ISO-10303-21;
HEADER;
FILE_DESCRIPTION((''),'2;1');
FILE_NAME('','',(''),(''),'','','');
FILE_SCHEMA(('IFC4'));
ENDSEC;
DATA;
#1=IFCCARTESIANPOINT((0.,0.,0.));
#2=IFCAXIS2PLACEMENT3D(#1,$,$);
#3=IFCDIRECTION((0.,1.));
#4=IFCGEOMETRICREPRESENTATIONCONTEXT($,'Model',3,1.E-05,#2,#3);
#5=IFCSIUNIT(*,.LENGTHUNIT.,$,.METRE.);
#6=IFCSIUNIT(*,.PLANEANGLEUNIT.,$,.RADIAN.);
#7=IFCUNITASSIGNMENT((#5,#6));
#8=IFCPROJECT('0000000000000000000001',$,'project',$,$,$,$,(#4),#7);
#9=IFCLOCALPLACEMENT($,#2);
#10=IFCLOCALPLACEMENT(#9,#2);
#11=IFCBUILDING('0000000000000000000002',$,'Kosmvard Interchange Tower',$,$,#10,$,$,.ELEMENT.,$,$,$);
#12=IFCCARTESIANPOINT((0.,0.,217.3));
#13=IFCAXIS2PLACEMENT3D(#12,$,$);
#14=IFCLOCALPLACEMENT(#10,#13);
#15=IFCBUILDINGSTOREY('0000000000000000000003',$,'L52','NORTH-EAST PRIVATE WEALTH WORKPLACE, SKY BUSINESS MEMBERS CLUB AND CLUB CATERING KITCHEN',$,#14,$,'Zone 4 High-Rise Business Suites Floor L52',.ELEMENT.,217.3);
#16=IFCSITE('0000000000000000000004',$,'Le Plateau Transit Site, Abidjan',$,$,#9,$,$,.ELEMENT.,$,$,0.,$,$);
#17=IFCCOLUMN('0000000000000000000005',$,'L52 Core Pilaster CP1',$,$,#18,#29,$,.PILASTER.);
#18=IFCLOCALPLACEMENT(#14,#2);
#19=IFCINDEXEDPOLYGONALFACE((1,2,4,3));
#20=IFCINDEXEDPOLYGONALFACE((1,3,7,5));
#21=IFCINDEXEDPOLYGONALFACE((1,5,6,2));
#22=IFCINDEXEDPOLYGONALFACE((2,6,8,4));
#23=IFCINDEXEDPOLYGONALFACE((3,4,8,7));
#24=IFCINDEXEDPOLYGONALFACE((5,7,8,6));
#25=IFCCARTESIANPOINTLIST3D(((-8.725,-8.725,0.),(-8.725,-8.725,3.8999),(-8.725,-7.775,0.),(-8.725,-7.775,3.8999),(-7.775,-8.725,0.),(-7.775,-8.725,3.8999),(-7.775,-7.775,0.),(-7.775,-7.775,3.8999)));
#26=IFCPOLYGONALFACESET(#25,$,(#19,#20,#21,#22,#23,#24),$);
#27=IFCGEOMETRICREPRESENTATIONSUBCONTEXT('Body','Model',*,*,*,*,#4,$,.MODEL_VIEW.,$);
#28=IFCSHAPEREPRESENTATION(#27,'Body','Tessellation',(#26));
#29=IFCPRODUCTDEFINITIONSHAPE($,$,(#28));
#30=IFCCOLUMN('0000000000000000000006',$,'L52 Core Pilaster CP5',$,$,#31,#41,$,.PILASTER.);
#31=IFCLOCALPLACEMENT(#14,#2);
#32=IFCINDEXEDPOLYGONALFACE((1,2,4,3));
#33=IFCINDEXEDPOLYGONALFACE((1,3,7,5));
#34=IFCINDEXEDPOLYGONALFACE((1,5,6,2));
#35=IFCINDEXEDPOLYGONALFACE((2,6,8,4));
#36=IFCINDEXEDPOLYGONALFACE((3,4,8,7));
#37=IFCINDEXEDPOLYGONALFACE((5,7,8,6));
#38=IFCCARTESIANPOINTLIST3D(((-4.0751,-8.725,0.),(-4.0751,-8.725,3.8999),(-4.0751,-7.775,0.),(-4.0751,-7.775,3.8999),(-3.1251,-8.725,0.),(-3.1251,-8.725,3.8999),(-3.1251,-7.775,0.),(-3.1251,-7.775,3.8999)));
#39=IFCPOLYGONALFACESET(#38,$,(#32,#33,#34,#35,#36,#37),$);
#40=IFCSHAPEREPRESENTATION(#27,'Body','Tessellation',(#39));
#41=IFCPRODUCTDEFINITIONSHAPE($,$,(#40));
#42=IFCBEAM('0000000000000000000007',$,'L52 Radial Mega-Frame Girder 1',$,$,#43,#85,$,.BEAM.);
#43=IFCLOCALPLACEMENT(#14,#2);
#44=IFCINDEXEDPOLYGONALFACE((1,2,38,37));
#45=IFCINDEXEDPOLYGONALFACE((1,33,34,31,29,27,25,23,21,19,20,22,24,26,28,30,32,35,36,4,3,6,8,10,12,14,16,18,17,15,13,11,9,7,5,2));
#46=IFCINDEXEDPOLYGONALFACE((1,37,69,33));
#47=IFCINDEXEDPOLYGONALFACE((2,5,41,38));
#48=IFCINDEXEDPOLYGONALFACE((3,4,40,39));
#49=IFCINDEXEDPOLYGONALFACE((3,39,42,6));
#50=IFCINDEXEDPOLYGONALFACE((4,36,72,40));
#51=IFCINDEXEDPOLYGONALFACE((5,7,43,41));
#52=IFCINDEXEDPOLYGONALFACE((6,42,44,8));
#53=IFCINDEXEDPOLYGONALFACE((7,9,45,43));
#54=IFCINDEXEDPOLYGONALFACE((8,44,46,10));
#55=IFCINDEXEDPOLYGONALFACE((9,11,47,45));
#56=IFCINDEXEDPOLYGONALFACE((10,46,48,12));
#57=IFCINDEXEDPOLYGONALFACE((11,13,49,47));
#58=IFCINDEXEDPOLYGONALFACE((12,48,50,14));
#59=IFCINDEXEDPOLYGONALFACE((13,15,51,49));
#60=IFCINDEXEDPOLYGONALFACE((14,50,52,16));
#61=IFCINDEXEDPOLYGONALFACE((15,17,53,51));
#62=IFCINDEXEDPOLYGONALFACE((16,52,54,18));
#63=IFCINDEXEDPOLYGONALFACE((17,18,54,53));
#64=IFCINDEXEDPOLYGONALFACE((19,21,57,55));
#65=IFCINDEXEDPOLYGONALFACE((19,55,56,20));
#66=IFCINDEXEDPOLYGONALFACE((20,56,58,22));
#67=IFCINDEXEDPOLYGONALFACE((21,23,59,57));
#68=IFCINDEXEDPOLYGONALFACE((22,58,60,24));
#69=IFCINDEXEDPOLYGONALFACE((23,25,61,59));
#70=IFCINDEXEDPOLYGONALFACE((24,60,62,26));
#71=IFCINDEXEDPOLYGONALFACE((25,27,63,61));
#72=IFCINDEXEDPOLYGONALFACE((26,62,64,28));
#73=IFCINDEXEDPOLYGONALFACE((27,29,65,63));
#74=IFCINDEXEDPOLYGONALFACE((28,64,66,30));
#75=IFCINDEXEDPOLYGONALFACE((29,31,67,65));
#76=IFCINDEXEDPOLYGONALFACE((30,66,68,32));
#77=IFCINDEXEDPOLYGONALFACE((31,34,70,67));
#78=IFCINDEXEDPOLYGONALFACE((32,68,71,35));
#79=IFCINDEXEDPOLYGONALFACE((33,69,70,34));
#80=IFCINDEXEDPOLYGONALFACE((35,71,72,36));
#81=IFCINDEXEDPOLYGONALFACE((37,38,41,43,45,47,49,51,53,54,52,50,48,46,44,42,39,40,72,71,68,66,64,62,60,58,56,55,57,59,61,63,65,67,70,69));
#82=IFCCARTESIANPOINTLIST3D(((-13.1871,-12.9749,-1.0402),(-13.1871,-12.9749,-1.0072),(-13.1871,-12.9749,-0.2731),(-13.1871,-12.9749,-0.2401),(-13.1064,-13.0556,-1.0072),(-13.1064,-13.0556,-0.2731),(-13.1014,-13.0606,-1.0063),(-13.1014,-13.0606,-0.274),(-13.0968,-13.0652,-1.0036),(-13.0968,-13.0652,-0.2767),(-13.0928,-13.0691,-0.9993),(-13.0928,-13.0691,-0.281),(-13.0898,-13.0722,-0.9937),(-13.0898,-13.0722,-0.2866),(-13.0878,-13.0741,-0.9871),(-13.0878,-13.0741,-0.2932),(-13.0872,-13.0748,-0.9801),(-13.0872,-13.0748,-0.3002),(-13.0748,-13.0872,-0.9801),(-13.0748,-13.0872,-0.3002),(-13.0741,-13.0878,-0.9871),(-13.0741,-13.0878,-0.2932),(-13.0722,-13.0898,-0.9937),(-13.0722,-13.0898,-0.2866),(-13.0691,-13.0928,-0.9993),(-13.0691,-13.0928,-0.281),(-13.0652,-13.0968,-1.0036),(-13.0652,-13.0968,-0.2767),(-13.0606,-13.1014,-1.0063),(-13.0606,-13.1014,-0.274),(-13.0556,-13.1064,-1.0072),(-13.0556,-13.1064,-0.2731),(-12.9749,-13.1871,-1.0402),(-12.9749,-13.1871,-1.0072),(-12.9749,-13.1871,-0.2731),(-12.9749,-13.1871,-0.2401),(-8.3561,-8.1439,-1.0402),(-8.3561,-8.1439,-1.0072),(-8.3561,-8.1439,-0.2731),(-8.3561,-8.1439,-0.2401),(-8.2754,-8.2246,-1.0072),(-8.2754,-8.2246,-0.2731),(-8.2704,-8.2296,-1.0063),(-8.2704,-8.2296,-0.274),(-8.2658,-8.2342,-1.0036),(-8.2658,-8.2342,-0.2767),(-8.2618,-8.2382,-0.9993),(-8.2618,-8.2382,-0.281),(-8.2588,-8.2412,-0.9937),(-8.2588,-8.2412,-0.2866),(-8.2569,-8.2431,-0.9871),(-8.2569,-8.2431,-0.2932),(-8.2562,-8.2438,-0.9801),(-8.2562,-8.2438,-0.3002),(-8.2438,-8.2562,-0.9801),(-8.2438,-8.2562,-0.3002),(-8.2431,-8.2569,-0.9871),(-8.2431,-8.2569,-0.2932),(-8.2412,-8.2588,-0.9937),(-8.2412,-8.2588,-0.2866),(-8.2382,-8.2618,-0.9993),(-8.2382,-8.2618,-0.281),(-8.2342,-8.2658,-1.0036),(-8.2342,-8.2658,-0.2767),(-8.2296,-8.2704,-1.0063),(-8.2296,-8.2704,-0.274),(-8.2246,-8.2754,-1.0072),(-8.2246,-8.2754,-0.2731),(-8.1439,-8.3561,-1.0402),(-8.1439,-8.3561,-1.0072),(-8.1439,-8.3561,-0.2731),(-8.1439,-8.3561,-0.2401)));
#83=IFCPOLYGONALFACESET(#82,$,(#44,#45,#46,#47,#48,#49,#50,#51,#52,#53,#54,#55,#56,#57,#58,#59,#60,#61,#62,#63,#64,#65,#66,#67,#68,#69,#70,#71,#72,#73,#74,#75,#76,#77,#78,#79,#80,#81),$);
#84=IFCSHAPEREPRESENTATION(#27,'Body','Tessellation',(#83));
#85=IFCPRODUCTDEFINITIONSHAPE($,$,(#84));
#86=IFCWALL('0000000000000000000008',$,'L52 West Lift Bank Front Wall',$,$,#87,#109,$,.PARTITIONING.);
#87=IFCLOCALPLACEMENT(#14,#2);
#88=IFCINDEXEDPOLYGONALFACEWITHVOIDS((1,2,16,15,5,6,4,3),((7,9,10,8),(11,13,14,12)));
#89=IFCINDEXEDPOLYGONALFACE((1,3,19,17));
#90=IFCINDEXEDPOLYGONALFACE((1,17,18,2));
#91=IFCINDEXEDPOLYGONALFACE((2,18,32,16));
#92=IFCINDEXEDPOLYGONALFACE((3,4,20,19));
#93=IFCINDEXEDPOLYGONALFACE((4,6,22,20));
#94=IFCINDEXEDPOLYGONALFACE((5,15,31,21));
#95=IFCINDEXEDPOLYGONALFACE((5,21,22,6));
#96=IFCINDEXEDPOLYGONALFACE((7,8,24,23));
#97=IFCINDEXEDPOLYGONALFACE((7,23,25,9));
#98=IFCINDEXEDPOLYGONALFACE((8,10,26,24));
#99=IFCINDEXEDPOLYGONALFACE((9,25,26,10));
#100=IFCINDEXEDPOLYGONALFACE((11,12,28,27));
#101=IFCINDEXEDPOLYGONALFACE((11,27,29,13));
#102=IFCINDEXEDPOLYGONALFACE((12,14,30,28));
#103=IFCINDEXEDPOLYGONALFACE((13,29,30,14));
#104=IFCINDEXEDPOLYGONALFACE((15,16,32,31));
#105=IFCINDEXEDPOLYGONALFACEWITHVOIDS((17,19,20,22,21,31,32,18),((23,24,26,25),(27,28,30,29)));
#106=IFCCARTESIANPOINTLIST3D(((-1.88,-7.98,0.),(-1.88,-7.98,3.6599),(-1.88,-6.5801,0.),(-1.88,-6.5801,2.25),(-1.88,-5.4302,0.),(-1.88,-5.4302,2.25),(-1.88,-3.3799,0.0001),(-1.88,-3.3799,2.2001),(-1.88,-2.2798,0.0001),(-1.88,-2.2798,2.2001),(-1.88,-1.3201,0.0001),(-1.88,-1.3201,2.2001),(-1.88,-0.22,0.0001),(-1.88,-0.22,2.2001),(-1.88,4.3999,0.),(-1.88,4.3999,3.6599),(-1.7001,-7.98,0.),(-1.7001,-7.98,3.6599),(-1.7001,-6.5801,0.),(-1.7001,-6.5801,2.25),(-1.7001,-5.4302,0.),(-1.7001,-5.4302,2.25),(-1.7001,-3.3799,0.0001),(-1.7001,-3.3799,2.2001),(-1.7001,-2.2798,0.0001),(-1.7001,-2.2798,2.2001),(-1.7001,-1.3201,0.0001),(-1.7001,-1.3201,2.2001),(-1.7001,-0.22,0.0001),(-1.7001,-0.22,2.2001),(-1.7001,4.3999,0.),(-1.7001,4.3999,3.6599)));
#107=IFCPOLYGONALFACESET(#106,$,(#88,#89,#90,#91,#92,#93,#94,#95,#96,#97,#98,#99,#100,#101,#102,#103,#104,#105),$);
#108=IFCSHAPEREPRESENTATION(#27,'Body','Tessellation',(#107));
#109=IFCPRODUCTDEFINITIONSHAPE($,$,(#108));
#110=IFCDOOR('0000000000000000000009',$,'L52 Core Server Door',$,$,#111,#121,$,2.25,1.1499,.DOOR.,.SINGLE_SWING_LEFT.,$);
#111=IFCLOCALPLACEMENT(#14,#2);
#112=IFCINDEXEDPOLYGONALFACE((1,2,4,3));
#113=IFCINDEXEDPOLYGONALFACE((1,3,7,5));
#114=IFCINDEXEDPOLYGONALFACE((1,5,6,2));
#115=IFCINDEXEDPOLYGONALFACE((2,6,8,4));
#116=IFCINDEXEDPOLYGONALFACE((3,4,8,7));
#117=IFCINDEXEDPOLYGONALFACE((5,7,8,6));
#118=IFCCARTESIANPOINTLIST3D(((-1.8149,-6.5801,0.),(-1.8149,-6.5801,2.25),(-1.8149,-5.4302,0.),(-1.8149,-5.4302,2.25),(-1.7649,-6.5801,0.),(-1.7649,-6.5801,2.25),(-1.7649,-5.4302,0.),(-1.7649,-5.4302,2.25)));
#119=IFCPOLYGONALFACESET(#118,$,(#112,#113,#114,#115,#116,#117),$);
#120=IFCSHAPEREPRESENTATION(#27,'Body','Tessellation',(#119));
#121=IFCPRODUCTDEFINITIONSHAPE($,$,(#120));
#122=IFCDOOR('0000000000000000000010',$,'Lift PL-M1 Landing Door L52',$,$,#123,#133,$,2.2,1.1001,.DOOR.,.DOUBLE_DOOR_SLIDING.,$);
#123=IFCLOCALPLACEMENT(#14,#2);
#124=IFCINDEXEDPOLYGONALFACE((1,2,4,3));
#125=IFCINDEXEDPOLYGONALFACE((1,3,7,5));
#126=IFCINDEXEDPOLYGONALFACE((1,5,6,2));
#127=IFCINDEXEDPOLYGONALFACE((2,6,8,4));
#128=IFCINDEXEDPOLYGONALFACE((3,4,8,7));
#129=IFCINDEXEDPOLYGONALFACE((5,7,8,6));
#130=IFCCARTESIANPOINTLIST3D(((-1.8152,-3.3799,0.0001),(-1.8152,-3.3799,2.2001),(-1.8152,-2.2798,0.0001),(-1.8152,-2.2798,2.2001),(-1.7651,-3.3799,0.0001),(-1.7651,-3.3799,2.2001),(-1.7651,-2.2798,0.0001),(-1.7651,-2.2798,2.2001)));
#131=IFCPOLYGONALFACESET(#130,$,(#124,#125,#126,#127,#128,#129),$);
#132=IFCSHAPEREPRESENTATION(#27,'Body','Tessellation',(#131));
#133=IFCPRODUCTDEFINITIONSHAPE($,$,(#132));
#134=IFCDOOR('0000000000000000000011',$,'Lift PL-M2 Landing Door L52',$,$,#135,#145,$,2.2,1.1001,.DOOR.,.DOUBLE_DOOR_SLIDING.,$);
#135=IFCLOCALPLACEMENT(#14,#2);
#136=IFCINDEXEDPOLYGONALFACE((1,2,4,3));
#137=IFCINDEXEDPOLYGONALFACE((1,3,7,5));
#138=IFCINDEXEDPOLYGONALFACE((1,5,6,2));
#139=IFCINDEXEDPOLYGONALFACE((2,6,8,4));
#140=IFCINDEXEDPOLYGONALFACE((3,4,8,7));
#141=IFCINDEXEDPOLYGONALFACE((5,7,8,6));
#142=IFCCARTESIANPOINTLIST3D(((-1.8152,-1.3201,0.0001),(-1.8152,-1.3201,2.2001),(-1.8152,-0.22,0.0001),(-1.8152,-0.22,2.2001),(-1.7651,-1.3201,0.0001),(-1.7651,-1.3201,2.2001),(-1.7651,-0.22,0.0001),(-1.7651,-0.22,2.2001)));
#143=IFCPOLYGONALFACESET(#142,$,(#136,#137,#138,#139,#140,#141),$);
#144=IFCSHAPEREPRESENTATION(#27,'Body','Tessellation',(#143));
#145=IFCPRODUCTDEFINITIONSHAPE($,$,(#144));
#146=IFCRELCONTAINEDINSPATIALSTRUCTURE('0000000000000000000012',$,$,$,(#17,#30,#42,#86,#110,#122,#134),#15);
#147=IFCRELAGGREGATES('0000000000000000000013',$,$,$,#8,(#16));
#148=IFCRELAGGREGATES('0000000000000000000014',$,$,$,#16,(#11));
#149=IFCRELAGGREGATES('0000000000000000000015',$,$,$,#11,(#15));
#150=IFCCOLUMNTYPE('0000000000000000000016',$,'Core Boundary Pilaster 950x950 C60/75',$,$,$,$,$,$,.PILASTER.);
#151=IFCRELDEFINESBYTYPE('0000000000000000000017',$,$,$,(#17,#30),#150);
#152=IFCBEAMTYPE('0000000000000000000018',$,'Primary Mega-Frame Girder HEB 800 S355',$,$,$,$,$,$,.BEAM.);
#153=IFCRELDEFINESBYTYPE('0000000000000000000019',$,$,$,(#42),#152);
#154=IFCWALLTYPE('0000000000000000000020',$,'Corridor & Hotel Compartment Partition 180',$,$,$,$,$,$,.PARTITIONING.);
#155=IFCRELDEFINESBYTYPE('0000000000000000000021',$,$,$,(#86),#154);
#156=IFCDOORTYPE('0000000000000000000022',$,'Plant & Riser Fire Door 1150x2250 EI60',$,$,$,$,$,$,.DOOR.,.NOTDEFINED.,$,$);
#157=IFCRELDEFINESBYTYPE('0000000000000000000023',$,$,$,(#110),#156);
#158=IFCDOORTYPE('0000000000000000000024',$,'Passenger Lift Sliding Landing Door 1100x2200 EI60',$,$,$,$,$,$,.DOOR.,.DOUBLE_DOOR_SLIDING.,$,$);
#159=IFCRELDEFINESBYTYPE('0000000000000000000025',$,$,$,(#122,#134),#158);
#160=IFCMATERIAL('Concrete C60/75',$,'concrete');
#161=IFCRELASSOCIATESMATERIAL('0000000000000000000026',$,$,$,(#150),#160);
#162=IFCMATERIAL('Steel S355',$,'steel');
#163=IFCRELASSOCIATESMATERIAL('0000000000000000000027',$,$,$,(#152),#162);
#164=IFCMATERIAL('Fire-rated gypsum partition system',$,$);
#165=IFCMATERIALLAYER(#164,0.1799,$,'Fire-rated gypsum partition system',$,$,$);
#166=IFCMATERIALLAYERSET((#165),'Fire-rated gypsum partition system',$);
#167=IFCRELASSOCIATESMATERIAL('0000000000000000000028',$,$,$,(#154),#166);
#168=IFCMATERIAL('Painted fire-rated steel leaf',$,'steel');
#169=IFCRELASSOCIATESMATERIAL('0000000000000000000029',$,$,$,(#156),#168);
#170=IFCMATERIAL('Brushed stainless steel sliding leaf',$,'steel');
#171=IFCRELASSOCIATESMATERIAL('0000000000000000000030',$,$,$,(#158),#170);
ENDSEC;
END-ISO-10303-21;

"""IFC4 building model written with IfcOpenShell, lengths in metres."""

from ifc_helpers import new_model, si_unit, direction, frame, frame_2d, origin, origin_2d, place, context, subcontext, project, spatial, rectangle, i_section, extrude, source, transform, mapped, material, layer, layer_set, material_profile, profile_set, type_object, element, fill, save


model = new_model("IFC4")

# Units and contexts
model_context = context("Model", 3, precision=1e-05, world=origin(), true_north=direction((0.0, 1.0)))
body_context = subcontext(model_context, "Body", "Model", "MODEL_VIEW")
ifc_project = project(units=[si_unit("LENGTHUNIT", "METRE"), si_unit("PLANEANGLEUNIT", "RADIAN")], contexts=[model_context])

# Site, building, storey
site_placement = place(None, origin())
site = spatial("IfcSite", under=ifc_project, at=site_placement, Name="Le Plateau Transit Site, Abidjan", CompositionType="ELEMENT", RefElevation=0.0)
building_placement = place(site_placement, origin())
building = spatial("IfcBuilding", under=site, at=building_placement, Name="Kosmvard Interchange Tower", CompositionType="ELEMENT")
storey_placement = place(building_placement, frame((0.0, 0.0, 217.3)))
storey = spatial("IfcBuildingStorey", under=building, at=storey_placement, Name="L52", Description="NORTH-EAST PRIVATE WEALTH WORKPLACE, SKY BUSINESS MEMBERS CLUB AND CLUB CATERING KITCHEN", LongName="Zone 4 High-Rise Business Suites Floor L52", CompositionType="ELEMENT", Elevation=217.3)

# Columns
ifc_material_1 = material(Name="Concrete C60/75", Category="concrete")
ifc_material_profile_1 = material_profile(ifc_material_1, rectangle(XDim=0.95, YDim=0.95, at=origin_2d()), Name="CP 950x950")
ifc_profile_set_1 = profile_set([ifc_material_profile_1], Name="Concrete C60/75")
column_type = type_object("IfcColumnType", Name="Core Boundary Pilaster 950x950 C60/75", PredefinedType="PILASTER", material=ifc_profile_set_1)
shared_shape_1 = source(origin(), body_context, "Body", "SweptSolid", [
    extrude(rectangle(XDim=0.95, YDim=0.95, at=origin_2d()), origin(), (0.0, 0.0, 1.0), 3.8999),
])
for number, where, z_axis, x_axis, name in (
    (1, (-8.25, -8.25, 0.0), (0.0, 0.0, 1.0), (1.0, 0.0, 0.0), "L52 Core Pilaster CP1"),
    (2, (-3.6001, -8.25, 0.0), (0.0, 0.0, 1.0), (1.0, 0.0, 0.0), "L52 Core Pilaster CP5"),
):
    element("IfcColumn", number, at=place(storey_placement, frame(where, z_axis=z_axis, x_axis=x_axis)), inside=storey, type_object=column_type, Name=name, PredefinedType="PILASTER", context=body_context, shape_type="MappedRepresentation", body=[
        mapped(shared_shape_1, transform((0.0, 0.0, 0.0), scale=1.0)),
    ])

# Beam
ifc_material_2 = material(Name="Steel S355", Category="steel")
ifc_material_profile_2 = material_profile(ifc_material_2, i_section(OverallWidth=0.3, OverallDepth=0.8, WebThickness=0.0176, FlangeThickness=0.033, FilletRadius=0.0271, at=origin_2d()), Name="HEB 800")
ifc_profile_set_2 = profile_set([ifc_material_profile_2], Name="Steel S355")
beam_type = type_object("IfcBeamType", Name="Primary Mega-Frame Girder HEB 800 S355", PredefinedType="BEAM", material=ifc_profile_set_2)
shared_shape_2 = source(origin(), body_context, "Body", "SweptSolid", [
    extrude(i_section(OverallWidth=0.3, OverallDepth=0.8, WebThickness=0.0176, FlangeThickness=0.033, FilletRadius=0.0271, at=origin_2d()), origin(), (0.0, 0.0, 1.0), 6.832),
])
beam_placement = place(storey_placement, frame((-8.25, -8.25, -0.6401), z_axis=(-0.707107, -0.707107, 0.0), x_axis=(0.707107, -0.707107, 0.0)))
element("IfcBeam", 3, at=beam_placement, inside=storey, type_object=beam_type, Name="L52 Radial Mega-Frame Girder 1", PredefinedType="BEAM", context=body_context, shape_type="MappedRepresentation", body=[
    mapped(shared_shape_2, transform((0.0, 0.0, 0.0), scale=1.0)),
])

# Wall, openings, doors
ifc_material_3 = material(Name="Fire-rated gypsum partition system")
ifc_layer_1 = layer(ifc_material_3, 0.1799, Name="Fire-rated gypsum partition system")
ifc_layer_set_1 = layer_set([ifc_layer_1], Name="Fire-rated gypsum partition system")
wall_type_1 = type_object("IfcWallType", Name="Corridor & Hotel Compartment Partition 180", PredefinedType="PARTITIONING", material=ifc_layer_set_1)
wall_1_placement = place(storey_placement, frame((-1.79, -7.98, 0.0), z_axis=(0.0, 0.0, 1.0), x_axis=(0.0, 1.0, 0.0)))
wall_1 = element("IfcWall", 4, at=wall_1_placement, inside=storey, type_object=wall_type_1, Name="L52 West Lift Bank Front Wall", PredefinedType="PARTITIONING", context=body_context, shape_type="SweptSolid", body=[
    extrude(rectangle(XDim=12.3799, YDim=0.1799, at=frame_2d((6.1899, 0.0))), origin(), (0.0, 0.0, 1.0), 3.6599),
])
opening_1_placement = place(wall_1_placement, frame((4.6001, 0.0, 0.0)))
opening_1 = element("IfcOpeningElement", 5, at=opening_1_placement, cuts=wall_1, PredefinedType="OPENING", context=body_context, shape_type="SweptSolid", body=[
    extrude(rectangle(XDim=1.1001, YDim=2.2, at=frame_2d((0.55, 1.1001))), frame((0.0, 0.1001, 0.0), z_axis=(0.0, -1.0, 0.0), x_axis=(1.0, 0.0, 0.0)), (0.0, 0.0, 1.0), 0.2),
])
opening_2_placement = place(wall_1_placement, frame((6.6599, 0.0, 0.0)))
opening_2 = element("IfcOpeningElement", 6, at=opening_2_placement, cuts=wall_1, PredefinedType="OPENING", context=body_context, shape_type="SweptSolid", body=[
    extrude(rectangle(XDim=1.1001, YDim=2.2, at=frame_2d((0.55, 1.1001))), frame((0.0, 0.1001, 0.0), z_axis=(0.0, -1.0, 0.0), x_axis=(1.0, 0.0, 0.0)), (0.0, 0.0, 1.0), 0.2),
])
opening_3_placement = place(wall_1_placement, frame((1.3999, 0.0, 0.0)))
opening_3 = element("IfcOpeningElement", 7, at=opening_3_placement, cuts=wall_1, PredefinedType="OPENING", context=body_context, shape_type="SweptSolid", body=[
    extrude(rectangle(XDim=1.1499, YDim=2.25, at=frame_2d((0.575, 1.125))), frame((0.0, 0.1001, 0.0), z_axis=(0.0, -1.0, 0.0), x_axis=(1.0, 0.0, 0.0)), (0.0, 0.0, 1.0), 0.2),
])
ifc_material_4 = material(Name="Painted fire-rated steel leaf", Category="steel")
door_type_1 = type_object("IfcDoorType", Name="Plant & Riser Fire Door 1150x2250 EI60", OperationType="NOTDEFINED", PredefinedType="DOOR", material=ifc_material_4)
shared_shape_3 = source(origin(), body_context, "Body", "SweptSolid", [
    extrude(rectangle(XDim=1.1499, YDim=2.25, at=frame_2d((0.575, 1.125))), frame((0.0, 0.0249, 0.0), z_axis=(0.0, -1.0, 0.0), x_axis=(1.0, 0.0, 0.0)), (0.0, 0.0, 1.0), 0.05),
])
door_1_placement = place(opening_3_placement, origin())
door_1 = element("IfcDoor", 8, at=door_1_placement, inside=storey, type_object=door_type_1, Name="L52 Core Server Door", OperationType="SINGLE_SWING_LEFT", OverallHeight=2.25, OverallWidth=1.1499, PredefinedType="DOOR", context=body_context, shape_type="MappedRepresentation", body=[
    mapped(shared_shape_3, transform((0.0, 0.0, 0.0), scale=1.0)),
])
fill(opening_3, door_1)
ifc_material_5 = material(Name="Brushed stainless steel sliding leaf", Category="steel")
door_type_2 = type_object("IfcDoorType", Name="Passenger Lift Sliding Landing Door 1100x2200 EI60", OperationType="DOUBLE_DOOR_SLIDING", PredefinedType="DOOR", material=ifc_material_5)
shared_shape_4 = source(origin(), body_context, "Body", "SweptSolid", [
    extrude(rectangle(XDim=1.1001, YDim=2.2, at=frame_2d((0.55, 1.1001))), frame((0.0, 0.0249, 0.0), z_axis=(0.0, -1.0, 0.0), x_axis=(1.0, 0.0, 0.0)), (0.0, 0.0, 1.0), 0.05),
])
door_2_placement = place(opening_1_placement, frame((1.1001, 0.0, 0.0), z_axis=(0.0, 0.0, 1.0), x_axis=(-1.0, 0.0, 0.0)))
door_2 = element("IfcDoor", 9, at=door_2_placement, inside=storey, type_object=door_type_2, Name="Lift PL-M1 Landing Door L52", OperationType="DOUBLE_DOOR_SLIDING", OverallHeight=2.2, OverallWidth=1.1001, PredefinedType="DOOR", context=body_context, shape_type="MappedRepresentation", body=[
    mapped(shared_shape_4, transform((0.0, 0.0, 0.0), scale=1.0)),
])
fill(opening_1, door_2)
door_3_placement = place(opening_2_placement, frame((1.1001, 0.0, 0.0), z_axis=(0.0, 0.0, 1.0), x_axis=(-1.0, 0.0, 0.0)))
door_3 = element("IfcDoor", 10, at=door_3_placement, inside=storey, type_object=door_type_2, Name="Lift PL-M2 Landing Door L52", OperationType="DOUBLE_DOOR_SLIDING", OverallHeight=2.2, OverallWidth=1.1001, PredefinedType="DOOR", context=body_context, shape_type="MappedRepresentation", body=[
    mapped(shared_shape_4, transform((0.0, 0.0, 0.0), scale=1.0)),
])
fill(opening_2, door_3)

save(model, "model.ifc")
